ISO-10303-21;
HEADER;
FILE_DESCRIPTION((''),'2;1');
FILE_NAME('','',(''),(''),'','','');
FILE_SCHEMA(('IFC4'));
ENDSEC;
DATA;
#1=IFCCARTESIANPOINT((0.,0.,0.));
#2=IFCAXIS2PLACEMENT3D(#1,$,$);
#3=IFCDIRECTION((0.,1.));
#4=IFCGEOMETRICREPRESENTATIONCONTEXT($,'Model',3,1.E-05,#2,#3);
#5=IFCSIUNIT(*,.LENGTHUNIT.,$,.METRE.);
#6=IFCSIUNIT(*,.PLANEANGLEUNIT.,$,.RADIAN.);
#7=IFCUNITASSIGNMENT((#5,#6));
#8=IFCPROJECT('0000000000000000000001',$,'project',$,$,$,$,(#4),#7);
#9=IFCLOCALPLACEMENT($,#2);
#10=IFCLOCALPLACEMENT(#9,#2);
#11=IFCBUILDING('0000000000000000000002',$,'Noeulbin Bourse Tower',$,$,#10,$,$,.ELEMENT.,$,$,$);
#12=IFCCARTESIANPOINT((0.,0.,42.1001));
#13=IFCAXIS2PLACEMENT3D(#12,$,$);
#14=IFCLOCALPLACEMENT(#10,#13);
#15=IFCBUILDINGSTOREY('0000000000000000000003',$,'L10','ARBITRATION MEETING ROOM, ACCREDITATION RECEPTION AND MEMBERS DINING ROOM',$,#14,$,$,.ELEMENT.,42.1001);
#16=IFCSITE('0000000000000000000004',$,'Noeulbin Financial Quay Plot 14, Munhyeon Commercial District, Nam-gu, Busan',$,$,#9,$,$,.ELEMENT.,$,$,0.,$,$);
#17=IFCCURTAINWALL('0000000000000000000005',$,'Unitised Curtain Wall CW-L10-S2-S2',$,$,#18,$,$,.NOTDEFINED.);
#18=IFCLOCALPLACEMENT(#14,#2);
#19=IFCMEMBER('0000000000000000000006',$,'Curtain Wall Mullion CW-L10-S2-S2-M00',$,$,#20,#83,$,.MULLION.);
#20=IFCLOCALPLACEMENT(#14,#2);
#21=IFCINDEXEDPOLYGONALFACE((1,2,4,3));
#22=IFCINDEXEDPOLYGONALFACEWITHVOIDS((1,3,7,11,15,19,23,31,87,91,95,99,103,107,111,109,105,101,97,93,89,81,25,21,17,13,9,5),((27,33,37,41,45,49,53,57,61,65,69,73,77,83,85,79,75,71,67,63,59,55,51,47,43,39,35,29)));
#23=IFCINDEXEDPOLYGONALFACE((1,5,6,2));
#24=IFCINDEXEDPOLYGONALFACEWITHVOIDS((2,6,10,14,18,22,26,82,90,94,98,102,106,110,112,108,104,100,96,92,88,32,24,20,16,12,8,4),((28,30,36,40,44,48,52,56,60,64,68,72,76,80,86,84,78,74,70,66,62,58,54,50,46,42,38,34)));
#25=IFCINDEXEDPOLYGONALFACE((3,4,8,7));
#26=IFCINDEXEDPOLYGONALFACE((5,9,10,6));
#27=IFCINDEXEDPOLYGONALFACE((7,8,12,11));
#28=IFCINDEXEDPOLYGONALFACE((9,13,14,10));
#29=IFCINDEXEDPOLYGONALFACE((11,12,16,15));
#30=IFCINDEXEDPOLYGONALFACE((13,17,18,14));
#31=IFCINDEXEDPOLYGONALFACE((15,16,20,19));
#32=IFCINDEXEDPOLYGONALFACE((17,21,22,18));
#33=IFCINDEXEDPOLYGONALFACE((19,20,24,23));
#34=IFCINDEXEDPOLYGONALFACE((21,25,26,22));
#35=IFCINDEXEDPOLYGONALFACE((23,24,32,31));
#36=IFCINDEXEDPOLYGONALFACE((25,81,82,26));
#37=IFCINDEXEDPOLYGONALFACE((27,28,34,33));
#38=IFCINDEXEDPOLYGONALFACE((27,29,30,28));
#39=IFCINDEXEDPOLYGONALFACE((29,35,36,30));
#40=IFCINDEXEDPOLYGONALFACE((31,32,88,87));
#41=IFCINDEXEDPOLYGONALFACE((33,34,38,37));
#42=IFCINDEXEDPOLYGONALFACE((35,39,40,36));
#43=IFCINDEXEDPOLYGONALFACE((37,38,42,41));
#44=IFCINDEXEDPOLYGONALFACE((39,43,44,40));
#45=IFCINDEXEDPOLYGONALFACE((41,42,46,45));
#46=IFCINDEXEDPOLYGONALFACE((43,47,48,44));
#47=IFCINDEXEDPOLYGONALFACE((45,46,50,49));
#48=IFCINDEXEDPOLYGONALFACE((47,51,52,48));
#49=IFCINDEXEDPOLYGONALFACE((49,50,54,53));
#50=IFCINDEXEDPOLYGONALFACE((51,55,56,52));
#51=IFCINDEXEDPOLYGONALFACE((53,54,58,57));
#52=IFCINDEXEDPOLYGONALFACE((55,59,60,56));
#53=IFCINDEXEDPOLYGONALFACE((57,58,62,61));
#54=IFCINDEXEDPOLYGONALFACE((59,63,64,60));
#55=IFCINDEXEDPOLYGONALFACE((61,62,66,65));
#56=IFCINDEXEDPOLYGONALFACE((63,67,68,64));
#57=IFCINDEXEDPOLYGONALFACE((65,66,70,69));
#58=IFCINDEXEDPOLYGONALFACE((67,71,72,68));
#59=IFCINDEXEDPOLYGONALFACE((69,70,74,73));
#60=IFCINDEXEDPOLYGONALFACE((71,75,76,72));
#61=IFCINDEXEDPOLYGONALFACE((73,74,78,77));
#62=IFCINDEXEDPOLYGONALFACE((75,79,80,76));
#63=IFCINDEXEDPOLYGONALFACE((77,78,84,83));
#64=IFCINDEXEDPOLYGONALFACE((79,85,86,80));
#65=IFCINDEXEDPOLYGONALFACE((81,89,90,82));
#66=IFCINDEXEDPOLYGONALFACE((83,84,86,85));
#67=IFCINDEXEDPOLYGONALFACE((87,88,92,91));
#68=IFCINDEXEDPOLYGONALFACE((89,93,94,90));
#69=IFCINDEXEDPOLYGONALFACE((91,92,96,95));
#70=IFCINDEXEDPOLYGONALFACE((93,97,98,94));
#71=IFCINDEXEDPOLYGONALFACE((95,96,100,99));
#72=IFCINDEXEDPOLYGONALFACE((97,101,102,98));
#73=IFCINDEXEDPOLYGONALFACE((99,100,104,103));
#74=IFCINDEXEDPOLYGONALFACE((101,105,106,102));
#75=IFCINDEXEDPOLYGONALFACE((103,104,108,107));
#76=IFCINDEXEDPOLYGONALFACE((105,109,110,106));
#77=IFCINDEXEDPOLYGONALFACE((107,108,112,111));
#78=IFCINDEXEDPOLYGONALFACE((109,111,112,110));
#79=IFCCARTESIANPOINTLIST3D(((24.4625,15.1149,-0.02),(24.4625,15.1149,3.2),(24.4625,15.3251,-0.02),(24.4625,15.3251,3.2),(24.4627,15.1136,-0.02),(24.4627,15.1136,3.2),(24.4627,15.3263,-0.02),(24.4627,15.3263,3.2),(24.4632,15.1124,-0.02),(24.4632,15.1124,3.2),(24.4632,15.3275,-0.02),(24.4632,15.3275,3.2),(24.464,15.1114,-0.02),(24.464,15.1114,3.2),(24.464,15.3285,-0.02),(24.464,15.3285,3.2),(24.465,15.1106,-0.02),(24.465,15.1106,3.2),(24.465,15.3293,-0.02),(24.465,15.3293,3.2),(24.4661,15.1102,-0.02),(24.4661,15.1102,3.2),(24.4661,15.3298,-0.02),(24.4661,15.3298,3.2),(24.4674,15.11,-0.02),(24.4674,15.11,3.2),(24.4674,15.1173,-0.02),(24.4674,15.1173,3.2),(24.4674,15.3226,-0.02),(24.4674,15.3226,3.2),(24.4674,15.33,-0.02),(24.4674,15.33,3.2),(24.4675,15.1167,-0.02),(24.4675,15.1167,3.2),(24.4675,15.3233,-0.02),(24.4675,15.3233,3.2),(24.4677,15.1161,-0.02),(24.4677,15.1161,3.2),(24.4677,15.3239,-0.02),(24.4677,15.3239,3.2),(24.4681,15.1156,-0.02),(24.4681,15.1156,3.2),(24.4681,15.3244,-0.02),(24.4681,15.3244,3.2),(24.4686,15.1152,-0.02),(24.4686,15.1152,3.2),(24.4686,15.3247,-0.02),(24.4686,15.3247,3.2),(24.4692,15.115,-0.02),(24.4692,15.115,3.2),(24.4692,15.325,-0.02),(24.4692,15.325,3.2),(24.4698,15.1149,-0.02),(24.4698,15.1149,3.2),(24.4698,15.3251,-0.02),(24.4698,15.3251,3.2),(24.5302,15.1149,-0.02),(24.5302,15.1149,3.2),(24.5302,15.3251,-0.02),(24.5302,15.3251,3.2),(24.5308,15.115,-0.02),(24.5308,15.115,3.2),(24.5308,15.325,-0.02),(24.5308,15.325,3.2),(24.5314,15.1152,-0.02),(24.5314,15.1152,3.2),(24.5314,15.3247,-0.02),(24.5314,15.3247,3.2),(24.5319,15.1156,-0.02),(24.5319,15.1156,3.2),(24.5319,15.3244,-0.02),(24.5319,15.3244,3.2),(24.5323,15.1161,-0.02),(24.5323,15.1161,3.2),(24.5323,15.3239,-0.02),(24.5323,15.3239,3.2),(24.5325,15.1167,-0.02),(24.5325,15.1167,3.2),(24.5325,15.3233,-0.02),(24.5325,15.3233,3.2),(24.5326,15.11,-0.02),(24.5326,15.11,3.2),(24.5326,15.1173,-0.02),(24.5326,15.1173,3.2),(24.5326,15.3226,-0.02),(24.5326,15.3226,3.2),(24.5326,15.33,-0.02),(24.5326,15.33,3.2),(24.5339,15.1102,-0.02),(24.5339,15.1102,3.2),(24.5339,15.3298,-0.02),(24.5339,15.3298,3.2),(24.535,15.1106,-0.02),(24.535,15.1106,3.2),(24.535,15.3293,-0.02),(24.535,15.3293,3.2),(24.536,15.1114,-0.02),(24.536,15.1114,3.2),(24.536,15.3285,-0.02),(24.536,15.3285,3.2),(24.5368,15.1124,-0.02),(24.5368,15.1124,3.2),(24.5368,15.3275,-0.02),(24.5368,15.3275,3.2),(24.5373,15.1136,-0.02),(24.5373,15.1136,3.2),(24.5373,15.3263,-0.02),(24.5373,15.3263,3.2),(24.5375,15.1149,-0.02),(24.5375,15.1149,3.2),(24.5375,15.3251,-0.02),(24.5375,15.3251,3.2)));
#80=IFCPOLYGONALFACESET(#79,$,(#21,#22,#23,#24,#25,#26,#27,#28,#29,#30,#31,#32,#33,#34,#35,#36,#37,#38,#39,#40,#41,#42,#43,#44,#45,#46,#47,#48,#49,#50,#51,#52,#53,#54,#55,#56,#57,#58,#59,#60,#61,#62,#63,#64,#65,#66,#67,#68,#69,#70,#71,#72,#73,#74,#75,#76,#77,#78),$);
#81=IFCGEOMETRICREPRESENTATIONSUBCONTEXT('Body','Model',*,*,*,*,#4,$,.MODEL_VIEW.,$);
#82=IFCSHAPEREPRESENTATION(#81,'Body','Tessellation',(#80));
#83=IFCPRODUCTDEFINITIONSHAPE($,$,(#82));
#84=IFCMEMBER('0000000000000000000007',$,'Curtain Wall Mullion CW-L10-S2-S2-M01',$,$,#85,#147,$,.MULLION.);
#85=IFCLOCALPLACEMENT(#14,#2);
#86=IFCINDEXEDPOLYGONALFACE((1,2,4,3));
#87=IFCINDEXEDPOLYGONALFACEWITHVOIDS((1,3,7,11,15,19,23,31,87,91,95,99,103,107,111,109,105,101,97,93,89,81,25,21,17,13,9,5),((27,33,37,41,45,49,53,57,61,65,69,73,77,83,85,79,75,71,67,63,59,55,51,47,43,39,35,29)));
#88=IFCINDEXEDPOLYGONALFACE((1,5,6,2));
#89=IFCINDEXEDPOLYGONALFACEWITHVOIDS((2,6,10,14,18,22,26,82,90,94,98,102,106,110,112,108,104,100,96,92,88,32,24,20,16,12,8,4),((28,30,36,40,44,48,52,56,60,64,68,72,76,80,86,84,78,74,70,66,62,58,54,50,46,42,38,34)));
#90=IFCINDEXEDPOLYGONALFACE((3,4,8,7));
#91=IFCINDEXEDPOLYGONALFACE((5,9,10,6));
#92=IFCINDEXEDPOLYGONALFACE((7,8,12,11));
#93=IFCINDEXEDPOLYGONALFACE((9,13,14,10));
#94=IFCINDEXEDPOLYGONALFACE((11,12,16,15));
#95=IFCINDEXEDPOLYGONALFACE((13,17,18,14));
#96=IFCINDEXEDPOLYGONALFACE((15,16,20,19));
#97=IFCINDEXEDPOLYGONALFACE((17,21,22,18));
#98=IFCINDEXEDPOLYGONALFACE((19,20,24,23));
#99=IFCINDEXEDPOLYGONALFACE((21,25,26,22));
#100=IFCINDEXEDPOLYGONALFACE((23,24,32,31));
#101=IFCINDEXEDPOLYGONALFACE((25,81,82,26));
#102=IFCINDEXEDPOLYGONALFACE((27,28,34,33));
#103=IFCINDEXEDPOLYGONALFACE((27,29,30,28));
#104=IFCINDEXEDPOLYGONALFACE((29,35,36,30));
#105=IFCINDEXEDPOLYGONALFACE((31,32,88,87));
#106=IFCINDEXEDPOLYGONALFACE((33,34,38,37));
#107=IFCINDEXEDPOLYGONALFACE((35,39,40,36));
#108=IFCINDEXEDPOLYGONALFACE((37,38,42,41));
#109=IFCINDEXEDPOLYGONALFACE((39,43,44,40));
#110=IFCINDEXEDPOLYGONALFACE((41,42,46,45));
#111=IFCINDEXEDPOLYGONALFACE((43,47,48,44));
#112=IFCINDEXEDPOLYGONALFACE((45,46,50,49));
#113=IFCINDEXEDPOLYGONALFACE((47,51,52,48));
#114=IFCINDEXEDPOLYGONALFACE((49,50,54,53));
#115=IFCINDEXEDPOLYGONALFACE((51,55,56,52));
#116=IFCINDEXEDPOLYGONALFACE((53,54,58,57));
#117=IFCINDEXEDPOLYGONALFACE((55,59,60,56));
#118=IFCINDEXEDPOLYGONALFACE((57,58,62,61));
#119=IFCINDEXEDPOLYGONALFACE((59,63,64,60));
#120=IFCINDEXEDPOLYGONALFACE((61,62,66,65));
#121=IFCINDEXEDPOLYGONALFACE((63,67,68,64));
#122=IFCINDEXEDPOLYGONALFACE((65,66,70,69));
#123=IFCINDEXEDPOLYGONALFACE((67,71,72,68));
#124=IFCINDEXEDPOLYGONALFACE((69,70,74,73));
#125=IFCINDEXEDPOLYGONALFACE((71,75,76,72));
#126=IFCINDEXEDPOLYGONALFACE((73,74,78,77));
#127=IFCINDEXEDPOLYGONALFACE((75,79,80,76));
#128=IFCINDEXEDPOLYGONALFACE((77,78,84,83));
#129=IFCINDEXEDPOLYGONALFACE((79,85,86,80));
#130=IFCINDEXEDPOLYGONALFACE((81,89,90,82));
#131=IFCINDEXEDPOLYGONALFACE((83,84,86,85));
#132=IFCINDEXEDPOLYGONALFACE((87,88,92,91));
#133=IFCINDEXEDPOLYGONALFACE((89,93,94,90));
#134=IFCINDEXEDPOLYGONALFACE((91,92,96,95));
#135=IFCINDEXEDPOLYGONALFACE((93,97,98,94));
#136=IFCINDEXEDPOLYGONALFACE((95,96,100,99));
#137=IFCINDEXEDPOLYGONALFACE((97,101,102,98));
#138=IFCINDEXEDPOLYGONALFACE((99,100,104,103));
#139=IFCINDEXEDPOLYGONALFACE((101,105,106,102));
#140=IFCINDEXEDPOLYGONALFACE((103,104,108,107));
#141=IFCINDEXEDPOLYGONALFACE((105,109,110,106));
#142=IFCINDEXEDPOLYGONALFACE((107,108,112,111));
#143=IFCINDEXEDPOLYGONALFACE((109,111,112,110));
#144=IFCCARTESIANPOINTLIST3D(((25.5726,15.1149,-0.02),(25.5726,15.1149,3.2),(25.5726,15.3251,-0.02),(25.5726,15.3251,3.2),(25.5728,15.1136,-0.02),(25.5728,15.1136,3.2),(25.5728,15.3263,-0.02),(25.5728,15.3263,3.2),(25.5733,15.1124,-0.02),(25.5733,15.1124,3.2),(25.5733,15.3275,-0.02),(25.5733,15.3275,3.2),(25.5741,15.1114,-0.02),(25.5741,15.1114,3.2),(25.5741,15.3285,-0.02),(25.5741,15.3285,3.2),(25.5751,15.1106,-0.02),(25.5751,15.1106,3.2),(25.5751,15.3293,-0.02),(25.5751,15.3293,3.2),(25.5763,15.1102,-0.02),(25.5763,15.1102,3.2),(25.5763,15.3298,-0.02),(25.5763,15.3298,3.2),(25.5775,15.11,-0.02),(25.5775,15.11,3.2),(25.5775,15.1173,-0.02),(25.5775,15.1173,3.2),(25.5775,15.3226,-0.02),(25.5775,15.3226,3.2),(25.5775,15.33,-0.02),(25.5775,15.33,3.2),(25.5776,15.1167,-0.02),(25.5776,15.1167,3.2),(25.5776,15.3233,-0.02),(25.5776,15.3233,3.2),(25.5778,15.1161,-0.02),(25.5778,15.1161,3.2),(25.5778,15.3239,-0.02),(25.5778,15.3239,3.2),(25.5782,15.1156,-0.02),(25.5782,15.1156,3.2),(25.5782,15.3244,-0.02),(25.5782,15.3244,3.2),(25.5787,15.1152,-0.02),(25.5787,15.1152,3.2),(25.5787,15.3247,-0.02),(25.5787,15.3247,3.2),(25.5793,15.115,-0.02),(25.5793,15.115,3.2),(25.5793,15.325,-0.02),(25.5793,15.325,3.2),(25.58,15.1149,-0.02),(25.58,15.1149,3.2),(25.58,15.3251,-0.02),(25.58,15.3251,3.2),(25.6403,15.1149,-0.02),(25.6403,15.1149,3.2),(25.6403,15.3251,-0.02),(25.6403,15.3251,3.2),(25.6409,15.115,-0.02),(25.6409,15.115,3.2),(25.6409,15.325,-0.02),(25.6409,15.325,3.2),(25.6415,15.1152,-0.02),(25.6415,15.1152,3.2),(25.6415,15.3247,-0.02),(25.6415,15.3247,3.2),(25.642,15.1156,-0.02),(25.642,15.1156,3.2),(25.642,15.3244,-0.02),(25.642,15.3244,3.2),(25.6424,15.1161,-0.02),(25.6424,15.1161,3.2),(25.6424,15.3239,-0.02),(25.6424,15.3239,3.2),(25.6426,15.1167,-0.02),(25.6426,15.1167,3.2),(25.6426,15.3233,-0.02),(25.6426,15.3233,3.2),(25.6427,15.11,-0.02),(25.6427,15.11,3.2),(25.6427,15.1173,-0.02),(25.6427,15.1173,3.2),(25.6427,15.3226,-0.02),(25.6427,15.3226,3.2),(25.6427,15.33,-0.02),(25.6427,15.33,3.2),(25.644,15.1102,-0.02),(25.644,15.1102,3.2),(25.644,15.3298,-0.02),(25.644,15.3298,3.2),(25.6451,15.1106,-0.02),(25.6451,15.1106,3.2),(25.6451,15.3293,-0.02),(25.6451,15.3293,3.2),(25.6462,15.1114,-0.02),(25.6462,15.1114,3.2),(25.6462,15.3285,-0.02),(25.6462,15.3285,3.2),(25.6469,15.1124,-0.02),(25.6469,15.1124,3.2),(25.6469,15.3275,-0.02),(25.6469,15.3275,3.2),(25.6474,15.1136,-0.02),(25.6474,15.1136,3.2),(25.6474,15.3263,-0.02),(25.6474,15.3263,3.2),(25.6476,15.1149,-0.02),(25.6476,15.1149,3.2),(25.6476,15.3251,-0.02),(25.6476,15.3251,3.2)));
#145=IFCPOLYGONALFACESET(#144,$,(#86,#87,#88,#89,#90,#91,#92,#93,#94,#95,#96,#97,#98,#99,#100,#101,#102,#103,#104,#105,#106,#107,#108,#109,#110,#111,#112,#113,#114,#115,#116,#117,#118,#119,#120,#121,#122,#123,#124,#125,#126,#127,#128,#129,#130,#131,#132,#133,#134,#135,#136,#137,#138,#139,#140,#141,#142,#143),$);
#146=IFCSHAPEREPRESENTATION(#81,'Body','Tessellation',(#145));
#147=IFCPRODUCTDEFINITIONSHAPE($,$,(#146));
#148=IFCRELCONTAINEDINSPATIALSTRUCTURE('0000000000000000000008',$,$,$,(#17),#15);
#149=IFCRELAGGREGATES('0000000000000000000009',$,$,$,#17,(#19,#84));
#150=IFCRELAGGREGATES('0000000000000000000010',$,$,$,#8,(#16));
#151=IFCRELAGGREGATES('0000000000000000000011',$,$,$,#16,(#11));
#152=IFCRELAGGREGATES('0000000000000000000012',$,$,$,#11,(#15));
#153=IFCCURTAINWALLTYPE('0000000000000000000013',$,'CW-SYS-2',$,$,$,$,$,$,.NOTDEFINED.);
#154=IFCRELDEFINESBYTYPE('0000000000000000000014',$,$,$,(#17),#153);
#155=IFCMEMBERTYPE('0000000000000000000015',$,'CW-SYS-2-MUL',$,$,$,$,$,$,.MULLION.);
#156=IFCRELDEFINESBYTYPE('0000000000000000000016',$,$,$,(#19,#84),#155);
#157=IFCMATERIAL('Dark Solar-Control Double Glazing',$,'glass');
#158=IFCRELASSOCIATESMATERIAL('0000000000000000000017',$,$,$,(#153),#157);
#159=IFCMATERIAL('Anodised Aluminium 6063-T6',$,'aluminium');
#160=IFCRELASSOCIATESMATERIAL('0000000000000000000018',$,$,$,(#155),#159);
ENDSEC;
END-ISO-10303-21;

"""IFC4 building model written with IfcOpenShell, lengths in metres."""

from ifc_helpers import new_model, si_unit, direction, frame, origin, origin_2d, place, context, subcontext, project, spatial, hollow_rectangle, extrude, material, material_profile, profile_set, type_object, element, aggregate, save


model = new_model("IFC4")

# Units and contexts
model_context = context("Model", 3, precision=1e-05, world=origin(), true_north=direction((0.0, 1.0)))
body_context = subcontext(model_context, "Body", "Model", "MODEL_VIEW")
ifc_project = project(units=[si_unit("LENGTHUNIT", "METRE"), si_unit("PLANEANGLEUNIT", "RADIAN")], contexts=[model_context])

# Site, building, storey
site_placement = place(None, origin())
site = spatial("IfcSite", under=ifc_project, at=site_placement, Name="Noeulbin Financial Quay Plot 14, Munhyeon Commercial District, Nam-gu, Busan", CompositionType="ELEMENT", RefElevation=0.0)
building_placement = place(site_placement, origin())
building = spatial("IfcBuilding", under=site, at=building_placement, Name="Noeulbin Bourse Tower", CompositionType="ELEMENT")
storey_placement = place(building_placement, frame((0.0, 0.0, 42.1001)))
storey = spatial("IfcBuildingStorey", under=building, at=storey_placement, Name="L10", Description="ARBITRATION MEETING ROOM, ACCREDITATION RECEPTION AND MEMBERS DINING ROOM", CompositionType="ELEMENT", Elevation=42.1001)

# Shared definitions
ifc_material_1 = material(Name="Dark Solar-Control Double Glazing", Category="glass")
curtain_wall_type = type_object("IfcCurtainWallType", Name="CW-SYS-2", PredefinedType="NOTDEFINED", material=ifc_material_1)
ifc_material_2 = material(Name="Anodised Aluminium 6063-T6", Category="aluminium")
ifc_material_profile_1 = material_profile(ifc_material_2, hollow_rectangle(XDim=0.075, YDim=0.22, WallThickness=0.0049, InnerFilletRadius=0.0024, OuterFilletRadius=0.0049, at=origin_2d()), Name="ALU-MULL-75x220x5", Category="LoadBearing")
ifc_profile_set_1 = profile_set([ifc_material_profile_1], Name="Anodised Aluminium 6063-T6")
member_type_1 = type_object("IfcMemberType", Name="CW-SYS-2-MUL", PredefinedType="MULLION", material=ifc_profile_set_1)

# Curtain wall, members
curtain_wall_1_placement = place(storey_placement, origin())
curtain_wall_1 = element("IfcCurtainWall", 1, at=curtain_wall_1_placement, inside=storey, type_object=curtain_wall_type, Name="Unitised Curtain Wall CW-L10-S2-S2", PredefinedType="NOTDEFINED")
member_1_placement = place(storey_placement, frame((24.5, 15.22, -0.02), z_axis=(0.0, 0.0, 1.0), x_axis=(1.0, 0.0, 0.0)))
member_1 = element("IfcMember", 2, at=member_1_placement, type_object=member_type_1, Name="Curtain Wall Mullion CW-L10-S2-S2-M00", PredefinedType="MULLION", context=body_context, shape_type="SweptSolid", body=[
    extrude(hollow_rectangle(XDim=0.075, YDim=0.22, WallThickness=0.0049, InnerFilletRadius=0.0024, OuterFilletRadius=0.0049, at=origin_2d()), origin(), (0.0, 0.0, 1.0), 3.22),
])
member_2_placement = place(storey_placement, frame((25.6101, 15.22, -0.02), z_axis=(0.0, 0.0, 1.0), x_axis=(1.0, 0.0, 0.0)))
member_2 = element("IfcMember", 3, at=member_2_placement, type_object=member_type_1, Name="Curtain Wall Mullion CW-L10-S2-S2-M01", PredefinedType="MULLION", context=body_context, shape_type="SweptSolid", body=[
    extrude(hollow_rectangle(XDim=0.075, YDim=0.22, WallThickness=0.0049, InnerFilletRadius=0.0024, OuterFilletRadius=0.0049, at=origin_2d()), origin(), (0.0, 0.0, 1.0), 3.22),
])

aggregate(curtain_wall_1, [member_1, member_2])

save(model, "model.ifc")
